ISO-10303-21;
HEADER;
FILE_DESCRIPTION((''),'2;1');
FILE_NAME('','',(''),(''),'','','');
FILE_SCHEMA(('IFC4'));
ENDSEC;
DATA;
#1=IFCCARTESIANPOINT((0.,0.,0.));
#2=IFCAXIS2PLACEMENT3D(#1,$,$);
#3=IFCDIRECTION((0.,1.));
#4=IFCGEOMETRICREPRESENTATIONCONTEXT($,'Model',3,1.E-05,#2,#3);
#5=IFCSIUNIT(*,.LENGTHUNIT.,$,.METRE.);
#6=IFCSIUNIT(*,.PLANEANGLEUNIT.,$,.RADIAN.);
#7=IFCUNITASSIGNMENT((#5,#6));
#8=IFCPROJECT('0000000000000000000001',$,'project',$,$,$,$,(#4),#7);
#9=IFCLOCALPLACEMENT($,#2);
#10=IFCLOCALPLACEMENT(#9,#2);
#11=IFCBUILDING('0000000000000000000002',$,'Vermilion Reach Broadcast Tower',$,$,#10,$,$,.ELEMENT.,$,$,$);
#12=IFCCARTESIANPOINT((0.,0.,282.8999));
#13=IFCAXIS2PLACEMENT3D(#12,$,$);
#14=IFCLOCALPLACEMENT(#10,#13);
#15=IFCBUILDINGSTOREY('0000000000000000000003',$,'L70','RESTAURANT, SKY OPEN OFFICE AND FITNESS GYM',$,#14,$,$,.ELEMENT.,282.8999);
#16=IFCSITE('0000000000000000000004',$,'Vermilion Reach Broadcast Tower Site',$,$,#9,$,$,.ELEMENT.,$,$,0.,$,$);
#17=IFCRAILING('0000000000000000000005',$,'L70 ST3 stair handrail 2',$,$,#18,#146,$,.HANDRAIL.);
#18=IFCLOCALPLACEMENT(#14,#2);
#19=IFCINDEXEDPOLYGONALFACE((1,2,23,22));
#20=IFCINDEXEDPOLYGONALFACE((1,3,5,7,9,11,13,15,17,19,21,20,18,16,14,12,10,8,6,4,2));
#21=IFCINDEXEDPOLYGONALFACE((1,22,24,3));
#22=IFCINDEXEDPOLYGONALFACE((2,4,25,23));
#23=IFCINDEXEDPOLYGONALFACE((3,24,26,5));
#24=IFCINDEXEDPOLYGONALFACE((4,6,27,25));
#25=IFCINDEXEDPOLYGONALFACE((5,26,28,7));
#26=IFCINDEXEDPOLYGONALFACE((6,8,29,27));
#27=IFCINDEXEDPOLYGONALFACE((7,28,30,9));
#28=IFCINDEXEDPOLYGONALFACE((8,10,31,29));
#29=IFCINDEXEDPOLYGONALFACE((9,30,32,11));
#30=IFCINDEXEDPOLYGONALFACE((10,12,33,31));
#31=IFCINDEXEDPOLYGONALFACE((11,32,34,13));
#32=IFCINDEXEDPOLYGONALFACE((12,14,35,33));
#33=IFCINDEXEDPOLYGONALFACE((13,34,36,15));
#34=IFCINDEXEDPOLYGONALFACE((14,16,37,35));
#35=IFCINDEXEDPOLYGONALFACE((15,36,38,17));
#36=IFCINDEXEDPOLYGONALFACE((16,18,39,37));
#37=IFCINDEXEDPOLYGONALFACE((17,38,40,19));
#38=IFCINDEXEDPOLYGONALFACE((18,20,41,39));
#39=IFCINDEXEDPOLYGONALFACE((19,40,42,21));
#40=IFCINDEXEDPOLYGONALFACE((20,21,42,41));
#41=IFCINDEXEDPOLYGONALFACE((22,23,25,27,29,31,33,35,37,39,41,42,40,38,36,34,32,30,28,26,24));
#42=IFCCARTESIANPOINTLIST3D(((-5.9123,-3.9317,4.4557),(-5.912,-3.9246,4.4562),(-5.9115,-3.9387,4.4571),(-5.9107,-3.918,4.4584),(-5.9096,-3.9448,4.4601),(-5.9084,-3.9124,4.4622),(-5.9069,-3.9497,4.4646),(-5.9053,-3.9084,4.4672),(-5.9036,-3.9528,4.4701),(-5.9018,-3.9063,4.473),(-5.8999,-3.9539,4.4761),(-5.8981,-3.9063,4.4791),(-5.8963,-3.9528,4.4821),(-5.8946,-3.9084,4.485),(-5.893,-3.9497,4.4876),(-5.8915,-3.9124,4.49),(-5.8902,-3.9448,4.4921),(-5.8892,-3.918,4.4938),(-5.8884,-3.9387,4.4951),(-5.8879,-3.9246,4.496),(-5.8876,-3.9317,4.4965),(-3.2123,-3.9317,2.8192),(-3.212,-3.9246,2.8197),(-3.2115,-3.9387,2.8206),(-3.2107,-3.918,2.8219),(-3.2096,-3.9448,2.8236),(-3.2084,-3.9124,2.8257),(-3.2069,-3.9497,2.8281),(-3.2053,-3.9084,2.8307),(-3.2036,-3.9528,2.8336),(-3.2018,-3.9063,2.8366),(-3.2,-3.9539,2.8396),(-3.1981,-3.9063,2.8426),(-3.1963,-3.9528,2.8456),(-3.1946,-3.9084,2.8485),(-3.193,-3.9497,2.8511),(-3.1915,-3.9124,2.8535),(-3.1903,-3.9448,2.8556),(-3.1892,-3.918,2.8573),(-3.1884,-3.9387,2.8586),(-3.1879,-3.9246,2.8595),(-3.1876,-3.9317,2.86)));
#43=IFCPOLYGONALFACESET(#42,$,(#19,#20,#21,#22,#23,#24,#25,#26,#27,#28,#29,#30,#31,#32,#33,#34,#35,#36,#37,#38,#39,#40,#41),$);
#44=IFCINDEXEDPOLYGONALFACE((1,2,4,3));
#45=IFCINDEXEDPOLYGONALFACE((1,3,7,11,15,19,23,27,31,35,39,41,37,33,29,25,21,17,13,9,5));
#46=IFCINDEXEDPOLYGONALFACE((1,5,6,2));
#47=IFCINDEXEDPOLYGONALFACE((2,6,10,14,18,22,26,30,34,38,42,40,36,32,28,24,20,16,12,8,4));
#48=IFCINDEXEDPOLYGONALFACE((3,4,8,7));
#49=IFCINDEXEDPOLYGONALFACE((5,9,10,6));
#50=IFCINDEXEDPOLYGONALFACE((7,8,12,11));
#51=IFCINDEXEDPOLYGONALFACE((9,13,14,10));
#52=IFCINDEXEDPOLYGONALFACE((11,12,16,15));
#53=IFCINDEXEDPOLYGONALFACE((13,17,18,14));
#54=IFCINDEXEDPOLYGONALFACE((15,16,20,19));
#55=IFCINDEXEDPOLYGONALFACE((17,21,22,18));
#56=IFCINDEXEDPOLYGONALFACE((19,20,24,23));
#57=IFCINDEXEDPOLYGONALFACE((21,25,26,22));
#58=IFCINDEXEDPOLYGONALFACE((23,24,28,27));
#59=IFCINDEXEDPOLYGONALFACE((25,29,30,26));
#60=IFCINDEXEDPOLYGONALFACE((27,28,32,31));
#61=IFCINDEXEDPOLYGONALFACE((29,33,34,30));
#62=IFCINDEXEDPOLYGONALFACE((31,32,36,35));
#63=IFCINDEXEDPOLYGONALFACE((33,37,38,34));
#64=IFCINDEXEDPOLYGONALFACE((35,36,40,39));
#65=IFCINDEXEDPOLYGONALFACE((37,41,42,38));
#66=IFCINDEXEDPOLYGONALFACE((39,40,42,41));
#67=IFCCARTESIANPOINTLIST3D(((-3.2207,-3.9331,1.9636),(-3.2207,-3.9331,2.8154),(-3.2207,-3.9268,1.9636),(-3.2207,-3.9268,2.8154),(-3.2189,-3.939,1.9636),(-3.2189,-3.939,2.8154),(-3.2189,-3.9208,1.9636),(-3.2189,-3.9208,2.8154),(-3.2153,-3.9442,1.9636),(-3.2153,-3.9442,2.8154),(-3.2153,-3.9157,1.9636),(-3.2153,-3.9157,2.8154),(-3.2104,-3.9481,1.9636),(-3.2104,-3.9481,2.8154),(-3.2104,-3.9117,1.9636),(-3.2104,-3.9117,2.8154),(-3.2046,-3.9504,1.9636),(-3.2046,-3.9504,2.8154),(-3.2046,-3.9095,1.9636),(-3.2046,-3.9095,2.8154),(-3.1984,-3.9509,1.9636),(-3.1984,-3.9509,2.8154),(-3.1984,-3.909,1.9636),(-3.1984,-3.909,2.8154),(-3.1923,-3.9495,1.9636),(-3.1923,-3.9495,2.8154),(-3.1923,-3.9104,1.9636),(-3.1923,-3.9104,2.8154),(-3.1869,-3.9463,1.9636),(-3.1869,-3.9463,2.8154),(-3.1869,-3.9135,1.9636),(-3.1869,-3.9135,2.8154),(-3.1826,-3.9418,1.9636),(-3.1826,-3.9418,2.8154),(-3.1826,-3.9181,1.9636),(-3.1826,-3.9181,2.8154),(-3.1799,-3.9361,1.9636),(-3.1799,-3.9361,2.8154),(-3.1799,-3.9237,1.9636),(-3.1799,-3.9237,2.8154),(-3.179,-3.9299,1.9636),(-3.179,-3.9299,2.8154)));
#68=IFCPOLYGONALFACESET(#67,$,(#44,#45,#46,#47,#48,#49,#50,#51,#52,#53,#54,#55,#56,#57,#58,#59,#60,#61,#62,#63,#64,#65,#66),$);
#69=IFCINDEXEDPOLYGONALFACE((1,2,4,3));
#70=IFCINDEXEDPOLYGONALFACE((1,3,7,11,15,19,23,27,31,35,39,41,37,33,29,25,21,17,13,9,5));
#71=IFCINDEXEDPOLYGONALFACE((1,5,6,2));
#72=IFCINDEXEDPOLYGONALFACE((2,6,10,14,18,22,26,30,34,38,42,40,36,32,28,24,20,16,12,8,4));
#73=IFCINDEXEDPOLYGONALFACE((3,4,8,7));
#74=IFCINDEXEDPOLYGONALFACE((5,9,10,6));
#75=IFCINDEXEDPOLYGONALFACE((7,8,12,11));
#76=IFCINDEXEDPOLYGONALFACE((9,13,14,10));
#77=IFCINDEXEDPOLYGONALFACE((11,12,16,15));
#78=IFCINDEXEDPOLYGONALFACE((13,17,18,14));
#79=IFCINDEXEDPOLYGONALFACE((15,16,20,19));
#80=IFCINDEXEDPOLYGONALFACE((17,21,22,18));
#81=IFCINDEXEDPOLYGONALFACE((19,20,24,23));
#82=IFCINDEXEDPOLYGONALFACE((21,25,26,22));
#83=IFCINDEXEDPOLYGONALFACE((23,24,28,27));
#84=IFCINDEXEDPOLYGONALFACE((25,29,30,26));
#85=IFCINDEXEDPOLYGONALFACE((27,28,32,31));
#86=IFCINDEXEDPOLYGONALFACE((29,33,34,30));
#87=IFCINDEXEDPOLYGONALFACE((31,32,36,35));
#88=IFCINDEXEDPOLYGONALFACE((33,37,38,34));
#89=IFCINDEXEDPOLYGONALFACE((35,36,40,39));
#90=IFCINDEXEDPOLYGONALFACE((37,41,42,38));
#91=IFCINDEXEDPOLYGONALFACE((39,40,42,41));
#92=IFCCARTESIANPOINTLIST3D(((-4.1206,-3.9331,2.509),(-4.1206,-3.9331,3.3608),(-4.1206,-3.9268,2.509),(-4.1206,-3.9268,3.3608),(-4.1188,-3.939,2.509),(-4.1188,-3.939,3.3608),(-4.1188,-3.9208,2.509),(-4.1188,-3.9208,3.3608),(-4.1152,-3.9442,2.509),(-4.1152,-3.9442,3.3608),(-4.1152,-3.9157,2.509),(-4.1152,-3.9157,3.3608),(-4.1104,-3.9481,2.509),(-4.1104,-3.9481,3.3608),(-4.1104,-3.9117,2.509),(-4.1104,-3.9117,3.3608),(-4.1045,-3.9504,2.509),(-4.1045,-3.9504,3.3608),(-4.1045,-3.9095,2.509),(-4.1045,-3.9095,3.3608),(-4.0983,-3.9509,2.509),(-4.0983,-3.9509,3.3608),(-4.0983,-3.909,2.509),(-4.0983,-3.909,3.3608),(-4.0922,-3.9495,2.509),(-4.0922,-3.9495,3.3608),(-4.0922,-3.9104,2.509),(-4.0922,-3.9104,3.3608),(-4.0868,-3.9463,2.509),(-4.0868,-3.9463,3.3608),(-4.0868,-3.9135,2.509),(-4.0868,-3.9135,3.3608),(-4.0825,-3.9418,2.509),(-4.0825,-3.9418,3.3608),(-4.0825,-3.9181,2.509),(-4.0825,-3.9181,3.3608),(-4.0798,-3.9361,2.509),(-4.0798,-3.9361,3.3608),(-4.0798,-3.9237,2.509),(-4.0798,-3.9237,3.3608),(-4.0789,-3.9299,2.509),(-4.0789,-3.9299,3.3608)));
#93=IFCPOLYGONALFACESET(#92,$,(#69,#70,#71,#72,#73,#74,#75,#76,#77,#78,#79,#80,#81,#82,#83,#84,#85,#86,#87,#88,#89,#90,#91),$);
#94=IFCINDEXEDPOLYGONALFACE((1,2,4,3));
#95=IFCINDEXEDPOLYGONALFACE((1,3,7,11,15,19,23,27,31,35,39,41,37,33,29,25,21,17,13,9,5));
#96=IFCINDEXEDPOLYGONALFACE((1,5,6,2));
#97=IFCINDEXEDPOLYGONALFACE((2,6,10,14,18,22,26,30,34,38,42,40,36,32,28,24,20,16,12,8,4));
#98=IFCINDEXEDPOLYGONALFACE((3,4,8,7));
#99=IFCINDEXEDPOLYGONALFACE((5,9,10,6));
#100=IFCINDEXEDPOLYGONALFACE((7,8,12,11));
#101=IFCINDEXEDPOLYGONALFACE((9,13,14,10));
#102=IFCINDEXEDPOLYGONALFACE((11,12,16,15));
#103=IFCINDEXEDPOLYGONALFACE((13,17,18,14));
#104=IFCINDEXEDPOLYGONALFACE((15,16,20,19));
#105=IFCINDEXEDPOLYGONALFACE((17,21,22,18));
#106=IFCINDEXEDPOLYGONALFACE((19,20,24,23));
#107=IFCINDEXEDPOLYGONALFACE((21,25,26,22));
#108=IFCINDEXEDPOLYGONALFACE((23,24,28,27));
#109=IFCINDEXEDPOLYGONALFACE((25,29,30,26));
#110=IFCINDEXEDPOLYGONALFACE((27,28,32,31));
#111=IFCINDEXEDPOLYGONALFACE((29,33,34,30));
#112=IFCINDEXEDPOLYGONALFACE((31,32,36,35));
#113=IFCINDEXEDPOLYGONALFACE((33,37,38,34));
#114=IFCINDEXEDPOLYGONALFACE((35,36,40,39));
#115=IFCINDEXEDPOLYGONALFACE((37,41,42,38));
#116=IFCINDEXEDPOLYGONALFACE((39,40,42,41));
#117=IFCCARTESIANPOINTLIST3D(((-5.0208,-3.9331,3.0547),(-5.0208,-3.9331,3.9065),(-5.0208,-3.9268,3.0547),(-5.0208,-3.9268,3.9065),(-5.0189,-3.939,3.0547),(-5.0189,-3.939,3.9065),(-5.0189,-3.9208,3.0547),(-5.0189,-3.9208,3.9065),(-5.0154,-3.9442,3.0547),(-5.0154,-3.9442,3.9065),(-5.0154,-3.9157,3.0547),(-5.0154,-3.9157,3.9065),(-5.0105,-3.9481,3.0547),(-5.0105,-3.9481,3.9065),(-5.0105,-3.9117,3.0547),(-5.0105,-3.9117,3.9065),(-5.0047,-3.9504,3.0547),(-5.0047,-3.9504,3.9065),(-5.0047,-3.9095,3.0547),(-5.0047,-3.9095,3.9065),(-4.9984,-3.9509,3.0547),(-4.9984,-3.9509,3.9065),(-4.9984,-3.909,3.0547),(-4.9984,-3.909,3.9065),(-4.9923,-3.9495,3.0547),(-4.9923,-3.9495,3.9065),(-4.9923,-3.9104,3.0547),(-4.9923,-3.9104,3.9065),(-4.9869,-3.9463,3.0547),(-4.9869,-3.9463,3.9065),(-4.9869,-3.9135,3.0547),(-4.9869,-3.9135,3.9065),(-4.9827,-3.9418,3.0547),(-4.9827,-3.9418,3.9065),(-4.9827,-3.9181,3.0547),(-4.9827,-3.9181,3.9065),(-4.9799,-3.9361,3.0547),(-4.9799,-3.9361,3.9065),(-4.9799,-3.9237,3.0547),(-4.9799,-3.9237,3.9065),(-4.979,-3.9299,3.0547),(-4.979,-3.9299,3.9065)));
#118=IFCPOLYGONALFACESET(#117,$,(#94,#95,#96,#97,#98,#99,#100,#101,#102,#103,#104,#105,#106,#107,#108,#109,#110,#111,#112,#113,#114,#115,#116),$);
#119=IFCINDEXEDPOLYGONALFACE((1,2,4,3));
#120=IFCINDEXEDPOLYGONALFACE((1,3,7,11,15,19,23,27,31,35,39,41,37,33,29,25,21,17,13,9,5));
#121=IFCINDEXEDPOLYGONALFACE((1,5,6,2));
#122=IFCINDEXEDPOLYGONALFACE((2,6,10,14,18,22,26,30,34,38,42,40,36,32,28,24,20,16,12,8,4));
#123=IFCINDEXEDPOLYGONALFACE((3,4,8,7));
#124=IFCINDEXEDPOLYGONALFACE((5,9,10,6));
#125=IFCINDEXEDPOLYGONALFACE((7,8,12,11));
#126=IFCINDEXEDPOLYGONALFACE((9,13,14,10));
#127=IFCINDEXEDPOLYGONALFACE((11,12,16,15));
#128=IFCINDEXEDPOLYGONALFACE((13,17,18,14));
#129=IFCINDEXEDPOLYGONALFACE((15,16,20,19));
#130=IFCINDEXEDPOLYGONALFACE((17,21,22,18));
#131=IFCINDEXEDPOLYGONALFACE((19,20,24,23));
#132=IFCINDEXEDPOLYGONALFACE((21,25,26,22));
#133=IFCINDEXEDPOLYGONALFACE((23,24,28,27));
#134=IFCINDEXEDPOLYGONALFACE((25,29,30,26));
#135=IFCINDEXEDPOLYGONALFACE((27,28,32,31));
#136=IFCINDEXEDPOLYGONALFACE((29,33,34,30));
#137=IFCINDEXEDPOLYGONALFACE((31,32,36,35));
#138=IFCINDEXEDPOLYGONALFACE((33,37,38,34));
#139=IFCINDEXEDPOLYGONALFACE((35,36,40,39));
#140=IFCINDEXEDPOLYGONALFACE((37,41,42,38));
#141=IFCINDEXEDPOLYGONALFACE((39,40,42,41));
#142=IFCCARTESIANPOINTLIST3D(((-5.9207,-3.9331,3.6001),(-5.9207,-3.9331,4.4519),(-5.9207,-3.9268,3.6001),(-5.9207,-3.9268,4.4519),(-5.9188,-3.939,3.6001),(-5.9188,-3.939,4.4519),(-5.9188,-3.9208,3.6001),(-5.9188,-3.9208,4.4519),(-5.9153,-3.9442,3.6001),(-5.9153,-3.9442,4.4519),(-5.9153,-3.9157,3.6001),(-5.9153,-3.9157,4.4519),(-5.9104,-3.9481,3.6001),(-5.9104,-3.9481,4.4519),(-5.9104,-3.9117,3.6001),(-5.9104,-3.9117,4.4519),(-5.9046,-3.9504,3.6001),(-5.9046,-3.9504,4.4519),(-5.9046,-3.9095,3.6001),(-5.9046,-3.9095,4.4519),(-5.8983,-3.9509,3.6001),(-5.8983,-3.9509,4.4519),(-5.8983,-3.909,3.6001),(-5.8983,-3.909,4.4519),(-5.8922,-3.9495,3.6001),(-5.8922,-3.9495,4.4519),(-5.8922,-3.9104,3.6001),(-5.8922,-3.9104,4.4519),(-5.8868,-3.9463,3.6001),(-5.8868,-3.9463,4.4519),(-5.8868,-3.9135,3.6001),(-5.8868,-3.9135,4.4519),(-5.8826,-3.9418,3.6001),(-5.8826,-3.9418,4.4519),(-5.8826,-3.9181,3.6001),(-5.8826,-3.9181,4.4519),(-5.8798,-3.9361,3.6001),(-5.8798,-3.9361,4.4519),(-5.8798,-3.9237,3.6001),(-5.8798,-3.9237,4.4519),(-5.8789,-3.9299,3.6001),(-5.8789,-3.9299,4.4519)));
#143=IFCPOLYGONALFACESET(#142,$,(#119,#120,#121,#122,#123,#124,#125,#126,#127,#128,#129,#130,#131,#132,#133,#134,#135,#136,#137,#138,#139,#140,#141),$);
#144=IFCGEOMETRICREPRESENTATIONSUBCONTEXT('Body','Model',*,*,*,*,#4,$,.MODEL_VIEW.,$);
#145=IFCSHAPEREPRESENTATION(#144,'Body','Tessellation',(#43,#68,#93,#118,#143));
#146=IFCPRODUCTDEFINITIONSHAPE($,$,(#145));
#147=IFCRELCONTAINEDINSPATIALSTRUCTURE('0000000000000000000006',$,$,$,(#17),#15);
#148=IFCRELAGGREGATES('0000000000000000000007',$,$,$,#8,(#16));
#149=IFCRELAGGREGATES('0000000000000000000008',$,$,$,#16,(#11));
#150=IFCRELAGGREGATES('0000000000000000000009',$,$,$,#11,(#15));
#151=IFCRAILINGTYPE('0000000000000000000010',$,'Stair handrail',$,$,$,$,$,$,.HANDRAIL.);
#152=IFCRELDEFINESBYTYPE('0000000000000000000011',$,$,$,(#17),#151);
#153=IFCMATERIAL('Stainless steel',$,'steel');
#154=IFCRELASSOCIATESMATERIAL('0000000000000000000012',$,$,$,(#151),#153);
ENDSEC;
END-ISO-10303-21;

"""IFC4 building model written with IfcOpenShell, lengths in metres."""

from ifc_helpers import new_model, si_unit, direction, frame, origin, origin_2d, place, context, subcontext, project, spatial, circle, extrude, material, type_object, element, save


model = new_model("IFC4")

# Units and contexts
model_context = context("Model", 3, precision=1e-05, world=origin(), true_north=direction((0.0, 1.0)))
body_context = subcontext(model_context, "Body", "Model", "MODEL_VIEW")
ifc_project = project(units=[si_unit("LENGTHUNIT", "METRE"), si_unit("PLANEANGLEUNIT", "RADIAN")], contexts=[model_context])

# Site, building, storey
site_placement = place(None, origin())
site = spatial("IfcSite", under=ifc_project, at=site_placement, Name="Vermilion Reach Broadcast Tower Site", CompositionType="ELEMENT", RefElevation=0.0)
building_placement = place(site_placement, origin())
building = spatial("IfcBuilding", under=site, at=building_placement, Name="Vermilion Reach Broadcast Tower", CompositionType="ELEMENT")
storey_placement = place(building_placement, frame((0.0, 0.0, 282.8999)))
storey = spatial("IfcBuildingStorey", under=building, at=storey_placement, Name="L70", Description="RESTAURANT, SKY OPEN OFFICE AND FITNESS GYM", CompositionType="ELEMENT", Elevation=282.8999)

# Railing
ifc_material_1 = material(Name="Stainless steel", Category="steel")
railing_type_1 = type_object("IfcRailingType", Name="Stair handrail", PredefinedType="HANDRAIL", material=ifc_material_1)
railing_1_placement = place(storey_placement, frame((-3.2, -3.9299, 1.9636)))
element("IfcRailing", 1, at=railing_1_placement, inside=storey, type_object=railing_type_1, Name="L70 ST3 stair handrail 2", PredefinedType="HANDRAIL", context=body_context, shape_type="SweptSolid", body=[
    extrude(circle(Radius=0.0239, at=origin_2d()), frame((0.0, 0.0, 0.876), z_axis=(-0.855178, 0.0, 0.518334), x_axis=(0.0, -1.0, 0.0)), (0.0, 0.0, 1.0), 3.1572),
    extrude(circle(Radius=0.021, at=origin_2d()), origin(), (0.0, 0.0, 1.0), 0.8518),
    extrude(circle(Radius=0.021, at=origin_2d()), frame((-0.8999, 0.0, 0.5454)), (0.0, 0.0, 1.0), 0.8518),
    extrude(circle(Radius=0.021, at=origin_2d()), frame((-1.8, 0.0, 1.0911)), (0.0, 0.0, 1.0), 0.8518),
    extrude(circle(Radius=0.021, at=origin_2d()), frame((-2.7, 0.0, 1.6365)), (0.0, 0.0, 1.0), 0.8518),
])

save(model, "model.ifc")
